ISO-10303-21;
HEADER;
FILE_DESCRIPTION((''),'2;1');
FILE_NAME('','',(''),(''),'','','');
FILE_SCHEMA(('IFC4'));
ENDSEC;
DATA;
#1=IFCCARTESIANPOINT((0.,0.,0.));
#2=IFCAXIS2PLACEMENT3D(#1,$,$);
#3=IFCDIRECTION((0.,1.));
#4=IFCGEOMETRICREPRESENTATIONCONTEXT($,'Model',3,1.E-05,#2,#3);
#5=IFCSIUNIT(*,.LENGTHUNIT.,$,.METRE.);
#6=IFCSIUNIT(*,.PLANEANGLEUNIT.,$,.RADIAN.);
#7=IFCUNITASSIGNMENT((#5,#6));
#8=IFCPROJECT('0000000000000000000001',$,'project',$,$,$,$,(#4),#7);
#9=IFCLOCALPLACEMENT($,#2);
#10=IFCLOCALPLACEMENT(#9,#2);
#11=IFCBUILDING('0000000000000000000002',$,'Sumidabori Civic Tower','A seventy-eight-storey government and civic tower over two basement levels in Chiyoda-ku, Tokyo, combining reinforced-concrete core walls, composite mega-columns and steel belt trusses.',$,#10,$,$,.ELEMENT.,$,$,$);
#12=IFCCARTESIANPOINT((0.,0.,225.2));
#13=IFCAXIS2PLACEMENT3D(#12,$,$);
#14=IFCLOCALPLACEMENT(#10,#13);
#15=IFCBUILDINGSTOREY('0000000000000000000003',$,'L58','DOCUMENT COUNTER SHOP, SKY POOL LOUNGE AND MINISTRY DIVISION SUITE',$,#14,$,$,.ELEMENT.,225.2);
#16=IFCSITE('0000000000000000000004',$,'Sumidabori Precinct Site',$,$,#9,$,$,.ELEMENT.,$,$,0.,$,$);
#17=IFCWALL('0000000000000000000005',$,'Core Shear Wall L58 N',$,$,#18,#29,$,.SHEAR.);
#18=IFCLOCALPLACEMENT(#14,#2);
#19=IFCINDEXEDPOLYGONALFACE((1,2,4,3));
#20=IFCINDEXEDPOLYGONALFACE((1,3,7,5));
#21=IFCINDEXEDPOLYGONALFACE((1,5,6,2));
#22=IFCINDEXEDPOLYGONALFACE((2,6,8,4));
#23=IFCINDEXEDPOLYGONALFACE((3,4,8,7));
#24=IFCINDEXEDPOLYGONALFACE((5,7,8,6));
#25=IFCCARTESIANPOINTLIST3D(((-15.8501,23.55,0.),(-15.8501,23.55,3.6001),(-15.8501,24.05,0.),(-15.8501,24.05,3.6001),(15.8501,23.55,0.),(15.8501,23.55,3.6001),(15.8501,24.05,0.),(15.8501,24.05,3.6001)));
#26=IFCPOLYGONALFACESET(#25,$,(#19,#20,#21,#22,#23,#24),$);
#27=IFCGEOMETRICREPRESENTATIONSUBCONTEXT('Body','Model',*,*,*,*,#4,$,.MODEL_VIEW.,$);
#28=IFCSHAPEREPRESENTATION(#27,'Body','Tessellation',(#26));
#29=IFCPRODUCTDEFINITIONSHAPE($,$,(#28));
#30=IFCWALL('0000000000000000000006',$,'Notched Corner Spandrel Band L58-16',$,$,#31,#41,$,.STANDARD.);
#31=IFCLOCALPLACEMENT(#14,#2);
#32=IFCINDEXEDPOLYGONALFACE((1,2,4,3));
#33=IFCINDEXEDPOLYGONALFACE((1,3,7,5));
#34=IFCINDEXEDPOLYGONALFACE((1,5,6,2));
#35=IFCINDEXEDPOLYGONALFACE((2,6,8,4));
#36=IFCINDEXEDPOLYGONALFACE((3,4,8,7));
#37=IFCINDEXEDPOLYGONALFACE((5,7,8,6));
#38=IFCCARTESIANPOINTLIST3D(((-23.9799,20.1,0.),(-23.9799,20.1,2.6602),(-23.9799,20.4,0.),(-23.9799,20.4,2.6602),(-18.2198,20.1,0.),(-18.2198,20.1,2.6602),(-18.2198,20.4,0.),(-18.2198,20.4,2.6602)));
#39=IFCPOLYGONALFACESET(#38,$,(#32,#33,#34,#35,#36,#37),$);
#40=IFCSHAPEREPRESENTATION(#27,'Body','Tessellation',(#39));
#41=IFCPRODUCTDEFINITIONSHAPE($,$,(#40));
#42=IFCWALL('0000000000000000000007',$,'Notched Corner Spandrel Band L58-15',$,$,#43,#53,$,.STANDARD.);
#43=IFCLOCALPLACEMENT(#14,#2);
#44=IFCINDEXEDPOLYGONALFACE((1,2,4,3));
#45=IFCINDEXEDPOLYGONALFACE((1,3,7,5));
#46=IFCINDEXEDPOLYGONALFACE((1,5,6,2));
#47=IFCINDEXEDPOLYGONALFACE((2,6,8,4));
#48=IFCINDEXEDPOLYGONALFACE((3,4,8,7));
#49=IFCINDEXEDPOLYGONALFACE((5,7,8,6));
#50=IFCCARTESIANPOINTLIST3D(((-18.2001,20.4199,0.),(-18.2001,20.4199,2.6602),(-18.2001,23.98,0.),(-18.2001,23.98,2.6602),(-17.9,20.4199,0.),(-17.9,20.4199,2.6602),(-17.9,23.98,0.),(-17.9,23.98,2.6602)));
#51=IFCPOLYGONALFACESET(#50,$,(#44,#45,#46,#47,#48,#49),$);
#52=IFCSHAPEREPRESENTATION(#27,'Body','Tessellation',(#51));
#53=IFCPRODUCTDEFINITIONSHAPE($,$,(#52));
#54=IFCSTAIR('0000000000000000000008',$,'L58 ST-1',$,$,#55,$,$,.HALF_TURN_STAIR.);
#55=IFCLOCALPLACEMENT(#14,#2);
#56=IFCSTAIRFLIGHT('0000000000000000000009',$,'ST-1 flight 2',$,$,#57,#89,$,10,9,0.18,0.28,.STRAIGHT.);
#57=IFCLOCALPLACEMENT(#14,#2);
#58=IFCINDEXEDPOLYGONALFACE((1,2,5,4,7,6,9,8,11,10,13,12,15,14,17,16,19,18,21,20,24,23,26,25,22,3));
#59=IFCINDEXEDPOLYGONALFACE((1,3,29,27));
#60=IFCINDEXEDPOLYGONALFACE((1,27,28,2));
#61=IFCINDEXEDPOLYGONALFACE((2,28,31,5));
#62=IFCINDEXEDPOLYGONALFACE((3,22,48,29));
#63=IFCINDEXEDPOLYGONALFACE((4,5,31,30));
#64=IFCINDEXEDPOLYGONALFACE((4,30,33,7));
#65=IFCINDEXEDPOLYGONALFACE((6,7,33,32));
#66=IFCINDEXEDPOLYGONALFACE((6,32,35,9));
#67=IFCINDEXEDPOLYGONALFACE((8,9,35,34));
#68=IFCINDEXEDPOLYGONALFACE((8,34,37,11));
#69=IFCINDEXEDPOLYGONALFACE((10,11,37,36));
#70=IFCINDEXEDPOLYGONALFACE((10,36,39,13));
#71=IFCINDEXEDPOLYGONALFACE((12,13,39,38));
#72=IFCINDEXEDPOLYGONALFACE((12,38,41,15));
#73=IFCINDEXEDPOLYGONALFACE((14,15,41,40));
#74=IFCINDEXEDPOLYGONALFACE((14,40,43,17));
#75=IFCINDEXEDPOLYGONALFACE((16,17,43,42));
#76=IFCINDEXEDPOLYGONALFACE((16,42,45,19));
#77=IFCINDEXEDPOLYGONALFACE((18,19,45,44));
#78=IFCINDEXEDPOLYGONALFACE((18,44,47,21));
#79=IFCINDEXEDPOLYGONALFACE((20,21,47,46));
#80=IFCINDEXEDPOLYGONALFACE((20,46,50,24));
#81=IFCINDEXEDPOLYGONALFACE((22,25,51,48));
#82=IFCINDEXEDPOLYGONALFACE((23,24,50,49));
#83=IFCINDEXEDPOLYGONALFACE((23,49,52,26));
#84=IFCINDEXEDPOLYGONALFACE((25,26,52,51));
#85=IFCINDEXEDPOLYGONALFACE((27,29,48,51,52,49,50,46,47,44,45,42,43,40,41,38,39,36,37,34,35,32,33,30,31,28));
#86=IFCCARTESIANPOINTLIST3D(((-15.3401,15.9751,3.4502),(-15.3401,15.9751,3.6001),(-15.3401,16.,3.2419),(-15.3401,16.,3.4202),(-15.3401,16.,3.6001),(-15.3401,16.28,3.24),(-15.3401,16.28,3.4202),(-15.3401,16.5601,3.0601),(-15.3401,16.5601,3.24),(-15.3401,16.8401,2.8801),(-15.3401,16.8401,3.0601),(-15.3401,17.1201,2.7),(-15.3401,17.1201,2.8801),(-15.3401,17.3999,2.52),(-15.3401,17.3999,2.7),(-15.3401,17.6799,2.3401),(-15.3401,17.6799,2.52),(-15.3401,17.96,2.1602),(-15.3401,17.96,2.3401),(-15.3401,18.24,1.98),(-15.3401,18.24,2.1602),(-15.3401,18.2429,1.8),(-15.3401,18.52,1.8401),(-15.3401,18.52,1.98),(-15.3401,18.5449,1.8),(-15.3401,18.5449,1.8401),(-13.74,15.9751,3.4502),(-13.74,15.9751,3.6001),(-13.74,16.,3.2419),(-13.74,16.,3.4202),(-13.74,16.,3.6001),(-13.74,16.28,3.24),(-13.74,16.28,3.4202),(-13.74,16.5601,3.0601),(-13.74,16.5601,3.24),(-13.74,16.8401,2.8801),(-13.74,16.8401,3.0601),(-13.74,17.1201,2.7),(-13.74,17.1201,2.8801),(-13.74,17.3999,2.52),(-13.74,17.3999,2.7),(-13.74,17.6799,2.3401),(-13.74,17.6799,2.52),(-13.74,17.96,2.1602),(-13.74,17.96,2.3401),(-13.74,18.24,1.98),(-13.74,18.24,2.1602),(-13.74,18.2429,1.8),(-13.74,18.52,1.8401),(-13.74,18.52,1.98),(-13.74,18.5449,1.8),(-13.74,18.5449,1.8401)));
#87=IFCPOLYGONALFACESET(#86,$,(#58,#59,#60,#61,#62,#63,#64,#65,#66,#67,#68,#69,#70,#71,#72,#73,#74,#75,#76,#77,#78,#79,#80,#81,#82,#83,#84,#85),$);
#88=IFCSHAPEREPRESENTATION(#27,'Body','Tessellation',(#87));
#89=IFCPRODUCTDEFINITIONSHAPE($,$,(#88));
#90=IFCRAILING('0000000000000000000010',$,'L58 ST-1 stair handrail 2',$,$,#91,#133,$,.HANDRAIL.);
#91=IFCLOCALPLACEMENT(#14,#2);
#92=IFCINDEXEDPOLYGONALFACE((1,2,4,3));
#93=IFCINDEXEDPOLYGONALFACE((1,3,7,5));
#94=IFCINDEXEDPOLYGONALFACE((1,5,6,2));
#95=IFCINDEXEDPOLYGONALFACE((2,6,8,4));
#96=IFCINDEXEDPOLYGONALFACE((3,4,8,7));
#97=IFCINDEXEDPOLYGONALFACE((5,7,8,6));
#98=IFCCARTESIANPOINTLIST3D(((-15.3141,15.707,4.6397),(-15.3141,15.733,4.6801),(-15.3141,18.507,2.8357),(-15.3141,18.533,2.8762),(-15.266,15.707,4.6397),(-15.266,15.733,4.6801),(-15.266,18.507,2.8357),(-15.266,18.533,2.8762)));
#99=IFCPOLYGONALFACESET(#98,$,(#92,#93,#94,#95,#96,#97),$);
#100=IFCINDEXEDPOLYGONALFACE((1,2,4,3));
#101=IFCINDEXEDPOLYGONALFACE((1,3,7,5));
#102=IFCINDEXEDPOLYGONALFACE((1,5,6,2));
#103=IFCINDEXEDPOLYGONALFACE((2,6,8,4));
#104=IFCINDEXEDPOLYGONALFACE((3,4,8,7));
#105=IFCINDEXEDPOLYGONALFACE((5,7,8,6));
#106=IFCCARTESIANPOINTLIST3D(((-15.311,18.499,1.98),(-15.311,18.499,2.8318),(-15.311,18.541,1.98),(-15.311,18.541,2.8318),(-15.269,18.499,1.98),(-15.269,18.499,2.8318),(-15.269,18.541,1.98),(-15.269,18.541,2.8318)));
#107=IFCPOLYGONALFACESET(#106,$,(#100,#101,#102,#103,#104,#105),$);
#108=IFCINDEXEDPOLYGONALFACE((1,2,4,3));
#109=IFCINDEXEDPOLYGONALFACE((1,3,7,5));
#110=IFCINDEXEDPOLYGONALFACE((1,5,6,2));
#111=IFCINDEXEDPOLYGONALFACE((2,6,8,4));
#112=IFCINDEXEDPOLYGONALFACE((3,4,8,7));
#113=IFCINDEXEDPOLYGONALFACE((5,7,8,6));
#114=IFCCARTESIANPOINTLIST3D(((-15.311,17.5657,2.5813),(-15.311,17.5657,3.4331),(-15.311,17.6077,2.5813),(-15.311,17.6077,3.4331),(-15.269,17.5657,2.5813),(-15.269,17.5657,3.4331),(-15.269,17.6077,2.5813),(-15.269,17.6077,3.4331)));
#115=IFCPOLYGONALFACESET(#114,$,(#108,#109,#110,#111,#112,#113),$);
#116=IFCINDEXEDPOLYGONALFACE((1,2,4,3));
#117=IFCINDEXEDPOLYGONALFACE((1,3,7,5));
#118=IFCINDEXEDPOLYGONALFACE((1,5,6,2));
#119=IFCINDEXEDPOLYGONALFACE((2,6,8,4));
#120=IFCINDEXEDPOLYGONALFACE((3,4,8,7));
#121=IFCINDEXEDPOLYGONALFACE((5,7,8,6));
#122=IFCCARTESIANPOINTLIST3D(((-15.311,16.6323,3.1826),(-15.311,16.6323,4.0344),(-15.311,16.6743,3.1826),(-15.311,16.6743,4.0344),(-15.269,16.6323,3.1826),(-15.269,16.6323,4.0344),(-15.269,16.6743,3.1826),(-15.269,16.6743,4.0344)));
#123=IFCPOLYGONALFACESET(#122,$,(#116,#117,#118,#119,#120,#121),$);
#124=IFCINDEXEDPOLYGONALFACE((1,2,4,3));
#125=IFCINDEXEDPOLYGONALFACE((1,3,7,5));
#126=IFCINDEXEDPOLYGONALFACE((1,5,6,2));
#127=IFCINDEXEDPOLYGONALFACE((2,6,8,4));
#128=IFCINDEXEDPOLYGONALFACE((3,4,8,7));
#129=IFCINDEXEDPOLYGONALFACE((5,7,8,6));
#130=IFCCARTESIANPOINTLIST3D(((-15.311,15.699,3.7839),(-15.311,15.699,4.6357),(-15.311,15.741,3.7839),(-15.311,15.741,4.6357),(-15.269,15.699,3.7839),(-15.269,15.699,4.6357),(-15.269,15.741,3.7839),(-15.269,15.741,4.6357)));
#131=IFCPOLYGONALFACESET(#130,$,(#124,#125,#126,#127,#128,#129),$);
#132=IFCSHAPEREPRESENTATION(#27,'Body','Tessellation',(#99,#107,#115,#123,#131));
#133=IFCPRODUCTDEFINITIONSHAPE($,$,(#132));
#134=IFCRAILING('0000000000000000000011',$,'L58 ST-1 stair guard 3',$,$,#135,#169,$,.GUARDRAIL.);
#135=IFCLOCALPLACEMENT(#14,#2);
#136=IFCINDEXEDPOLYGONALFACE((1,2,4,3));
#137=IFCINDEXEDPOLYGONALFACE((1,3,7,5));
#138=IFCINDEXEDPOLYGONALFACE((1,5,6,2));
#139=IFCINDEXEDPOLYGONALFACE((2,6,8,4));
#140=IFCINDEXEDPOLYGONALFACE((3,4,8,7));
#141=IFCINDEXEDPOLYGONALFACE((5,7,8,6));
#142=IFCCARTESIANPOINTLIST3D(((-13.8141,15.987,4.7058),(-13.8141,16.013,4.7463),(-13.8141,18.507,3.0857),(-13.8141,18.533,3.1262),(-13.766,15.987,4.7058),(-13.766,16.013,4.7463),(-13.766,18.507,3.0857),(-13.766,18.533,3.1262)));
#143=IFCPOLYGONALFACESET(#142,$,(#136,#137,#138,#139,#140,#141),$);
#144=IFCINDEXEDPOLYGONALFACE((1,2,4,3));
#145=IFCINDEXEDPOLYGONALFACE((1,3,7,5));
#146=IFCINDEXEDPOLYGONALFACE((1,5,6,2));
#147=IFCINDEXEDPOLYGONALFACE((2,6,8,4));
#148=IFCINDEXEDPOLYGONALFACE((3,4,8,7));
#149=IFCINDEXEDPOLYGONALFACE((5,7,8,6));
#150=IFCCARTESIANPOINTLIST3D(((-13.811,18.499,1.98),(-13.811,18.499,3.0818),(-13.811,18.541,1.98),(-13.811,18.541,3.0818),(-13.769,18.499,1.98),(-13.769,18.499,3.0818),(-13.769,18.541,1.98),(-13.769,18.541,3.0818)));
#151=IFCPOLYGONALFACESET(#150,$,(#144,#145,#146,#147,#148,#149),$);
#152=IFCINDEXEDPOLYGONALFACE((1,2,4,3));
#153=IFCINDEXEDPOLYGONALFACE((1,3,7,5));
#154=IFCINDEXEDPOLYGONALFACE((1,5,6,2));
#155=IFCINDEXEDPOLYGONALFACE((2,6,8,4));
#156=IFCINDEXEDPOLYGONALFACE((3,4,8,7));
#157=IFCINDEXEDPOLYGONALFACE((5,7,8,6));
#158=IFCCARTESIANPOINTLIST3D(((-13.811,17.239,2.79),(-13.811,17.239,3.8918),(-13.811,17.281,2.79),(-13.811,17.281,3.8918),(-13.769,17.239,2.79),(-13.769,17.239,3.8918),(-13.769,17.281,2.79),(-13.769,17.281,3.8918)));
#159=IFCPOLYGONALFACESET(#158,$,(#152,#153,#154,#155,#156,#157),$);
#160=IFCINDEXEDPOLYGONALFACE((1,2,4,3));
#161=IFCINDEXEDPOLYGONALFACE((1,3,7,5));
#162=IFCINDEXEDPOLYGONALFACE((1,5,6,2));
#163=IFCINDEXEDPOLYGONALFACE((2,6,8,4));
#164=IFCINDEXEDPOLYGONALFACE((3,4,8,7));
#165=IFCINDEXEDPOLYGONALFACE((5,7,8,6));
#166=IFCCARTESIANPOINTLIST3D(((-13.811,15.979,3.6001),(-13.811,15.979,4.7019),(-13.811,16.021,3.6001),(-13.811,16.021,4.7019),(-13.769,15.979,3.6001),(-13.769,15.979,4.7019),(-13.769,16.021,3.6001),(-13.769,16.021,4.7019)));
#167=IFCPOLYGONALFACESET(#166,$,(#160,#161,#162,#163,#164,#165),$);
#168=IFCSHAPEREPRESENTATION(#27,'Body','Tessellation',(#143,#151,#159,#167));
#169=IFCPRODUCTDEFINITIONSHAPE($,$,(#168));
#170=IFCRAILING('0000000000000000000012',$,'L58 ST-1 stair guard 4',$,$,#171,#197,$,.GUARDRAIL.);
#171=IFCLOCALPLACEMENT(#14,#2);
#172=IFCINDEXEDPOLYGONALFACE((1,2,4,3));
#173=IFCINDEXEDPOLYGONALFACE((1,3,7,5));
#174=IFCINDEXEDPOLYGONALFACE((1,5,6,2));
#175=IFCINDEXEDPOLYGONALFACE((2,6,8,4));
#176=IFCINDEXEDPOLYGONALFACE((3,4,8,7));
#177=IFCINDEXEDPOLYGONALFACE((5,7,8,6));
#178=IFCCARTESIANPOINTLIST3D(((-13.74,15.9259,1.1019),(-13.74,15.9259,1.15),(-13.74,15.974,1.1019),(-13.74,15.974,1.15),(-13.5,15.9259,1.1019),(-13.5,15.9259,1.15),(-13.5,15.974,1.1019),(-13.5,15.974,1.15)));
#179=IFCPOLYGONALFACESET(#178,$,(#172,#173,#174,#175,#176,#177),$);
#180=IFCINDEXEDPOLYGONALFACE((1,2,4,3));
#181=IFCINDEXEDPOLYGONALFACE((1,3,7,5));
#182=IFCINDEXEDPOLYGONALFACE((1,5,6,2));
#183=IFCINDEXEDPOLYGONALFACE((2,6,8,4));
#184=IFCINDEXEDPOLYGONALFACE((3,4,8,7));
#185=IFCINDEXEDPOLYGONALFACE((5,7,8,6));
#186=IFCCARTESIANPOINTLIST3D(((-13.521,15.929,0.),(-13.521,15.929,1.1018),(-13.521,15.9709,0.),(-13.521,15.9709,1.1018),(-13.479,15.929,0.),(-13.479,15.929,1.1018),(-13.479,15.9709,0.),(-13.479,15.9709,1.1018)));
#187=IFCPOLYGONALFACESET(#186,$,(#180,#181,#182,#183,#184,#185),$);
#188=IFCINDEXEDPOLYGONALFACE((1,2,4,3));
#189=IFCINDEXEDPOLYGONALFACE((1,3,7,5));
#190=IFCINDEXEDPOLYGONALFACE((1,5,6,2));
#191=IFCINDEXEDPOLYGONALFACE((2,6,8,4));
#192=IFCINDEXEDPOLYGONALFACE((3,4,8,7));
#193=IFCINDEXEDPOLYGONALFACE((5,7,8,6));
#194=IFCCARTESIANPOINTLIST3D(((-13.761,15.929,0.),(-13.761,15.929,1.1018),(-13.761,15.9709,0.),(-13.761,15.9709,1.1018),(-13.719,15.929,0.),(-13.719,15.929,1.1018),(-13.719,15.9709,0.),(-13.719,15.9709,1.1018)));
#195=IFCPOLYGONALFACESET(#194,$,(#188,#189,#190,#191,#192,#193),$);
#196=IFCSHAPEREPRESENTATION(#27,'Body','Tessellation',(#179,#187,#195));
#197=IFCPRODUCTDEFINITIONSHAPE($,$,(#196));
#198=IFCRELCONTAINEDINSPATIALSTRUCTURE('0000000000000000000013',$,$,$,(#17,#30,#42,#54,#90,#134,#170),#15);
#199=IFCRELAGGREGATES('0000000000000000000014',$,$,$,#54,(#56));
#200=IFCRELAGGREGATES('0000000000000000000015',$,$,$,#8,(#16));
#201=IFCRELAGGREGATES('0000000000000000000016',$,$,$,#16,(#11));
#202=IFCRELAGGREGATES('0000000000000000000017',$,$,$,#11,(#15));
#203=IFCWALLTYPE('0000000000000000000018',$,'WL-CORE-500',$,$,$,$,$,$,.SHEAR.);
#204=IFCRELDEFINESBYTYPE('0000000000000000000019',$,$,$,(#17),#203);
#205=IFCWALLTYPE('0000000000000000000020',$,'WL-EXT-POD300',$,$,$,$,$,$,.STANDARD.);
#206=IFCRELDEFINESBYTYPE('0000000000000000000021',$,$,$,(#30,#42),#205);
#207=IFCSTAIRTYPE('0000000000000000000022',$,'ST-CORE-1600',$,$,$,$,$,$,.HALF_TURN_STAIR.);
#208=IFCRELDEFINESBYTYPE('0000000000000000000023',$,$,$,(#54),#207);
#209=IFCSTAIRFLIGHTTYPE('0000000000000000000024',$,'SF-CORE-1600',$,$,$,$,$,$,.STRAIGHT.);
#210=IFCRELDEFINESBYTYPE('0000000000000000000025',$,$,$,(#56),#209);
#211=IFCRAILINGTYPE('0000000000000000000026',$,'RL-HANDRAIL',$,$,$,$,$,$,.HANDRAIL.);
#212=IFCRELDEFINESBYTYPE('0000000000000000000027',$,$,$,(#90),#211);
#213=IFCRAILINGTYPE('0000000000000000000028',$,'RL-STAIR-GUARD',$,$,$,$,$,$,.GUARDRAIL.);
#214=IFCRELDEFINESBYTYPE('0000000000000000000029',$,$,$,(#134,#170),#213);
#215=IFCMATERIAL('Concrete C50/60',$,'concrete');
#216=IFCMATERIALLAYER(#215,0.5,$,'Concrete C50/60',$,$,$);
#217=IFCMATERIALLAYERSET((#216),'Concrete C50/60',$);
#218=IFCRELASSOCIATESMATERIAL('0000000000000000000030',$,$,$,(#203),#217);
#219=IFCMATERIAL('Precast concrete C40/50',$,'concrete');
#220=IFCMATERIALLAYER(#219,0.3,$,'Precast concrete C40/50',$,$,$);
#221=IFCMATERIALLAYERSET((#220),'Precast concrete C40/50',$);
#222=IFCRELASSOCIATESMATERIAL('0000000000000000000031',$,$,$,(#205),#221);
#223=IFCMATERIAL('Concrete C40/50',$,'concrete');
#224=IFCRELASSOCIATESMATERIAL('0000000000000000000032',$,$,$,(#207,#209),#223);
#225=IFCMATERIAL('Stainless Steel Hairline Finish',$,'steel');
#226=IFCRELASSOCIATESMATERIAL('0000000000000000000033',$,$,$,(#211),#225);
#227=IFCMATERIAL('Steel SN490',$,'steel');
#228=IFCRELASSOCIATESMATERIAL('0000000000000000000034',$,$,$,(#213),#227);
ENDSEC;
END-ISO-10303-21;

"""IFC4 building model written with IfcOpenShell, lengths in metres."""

from ifc_helpers import new_model, si_unit, direction, frame, frame_2d, origin, origin_2d, place, context, subcontext, project, spatial, polyline, rectangle, outline, extrude, source, transform, mapped, material, layer, layer_set, type_object, element, aggregate, save


model = new_model("IFC4")

# Units and contexts
model_context = context("Model", 3, precision=1e-05, world=origin(), true_north=direction((0.0, 1.0)))
body_context = subcontext(model_context, "Body", "Model", "MODEL_VIEW")
ifc_project = project(units=[si_unit("LENGTHUNIT", "METRE"), si_unit("PLANEANGLEUNIT", "RADIAN")], contexts=[model_context])

# Site, building, storey
site_placement = place(None, origin())
site = spatial("IfcSite", under=ifc_project, at=site_placement, Name="Sumidabori Precinct Site", CompositionType="ELEMENT", RefElevation=0.0)
building_placement = place(site_placement, origin())
building = spatial("IfcBuilding", under=site, at=building_placement, Name="Sumidabori Civic Tower", Description="A seventy-eight-storey government and civic tower over two basement levels in Chiyoda-ku, Tokyo, combining reinforced-concrete core walls, composite mega-columns and steel belt trusses.", CompositionType="ELEMENT")
storey_placement = place(building_placement, frame((0.0, 0.0, 225.2)))
storey = spatial("IfcBuildingStorey", under=building, at=storey_placement, Name="L58", Description="DOCUMENT COUNTER SHOP, SKY POOL LOUNGE AND MINISTRY DIVISION SUITE", CompositionType="ELEMENT", Elevation=225.2)

# Shared definitions
ifc_material_1 = material(Name="Steel SN490", Category="steel")

# Walls
ifc_material_2 = material(Name="Concrete C50/60", Category="concrete")
ifc_layer_1 = layer(ifc_material_2, 0.5, Name="Concrete C50/60")
ifc_layer_set_1 = layer_set([ifc_layer_1], Name="Concrete C50/60")
wall_type_1 = type_object("IfcWallType", Name="WL-CORE-500", PredefinedType="SHEAR", material=ifc_layer_set_1)
shared_shape_1 = source(origin(), body_context, "Body", "SweptSolid", [
    extrude(rectangle(XDim=31.7002, YDim=0.5, at=frame_2d((15.8501, 0.0))), origin(), (0.0, 0.0, 1.0), 3.6001),
])
wall_1_placement = place(storey_placement, frame((-15.8501, 23.8, 0.0), z_axis=(0.0, 0.0, 1.0), x_axis=(1.0, 0.0, 0.0)))
element("IfcWall", 1, at=wall_1_placement, inside=storey, type_object=wall_type_1, Name="Core Shear Wall L58 N", PredefinedType="SHEAR", context=body_context, shape_type="MappedRepresentation", body=[
    mapped(shared_shape_1, transform((0.0, 0.0, 0.0), x_axis=(1.0, 0.0, 0.0), y_axis=(0.0, 1.0, 0.0), z_axis=(0.0, 0.0, 1.0), scale=1.0)),
])
ifc_material_3 = material(Name="Precast concrete C40/50", Category="concrete")
ifc_layer_2 = layer(ifc_material_3, 0.3, Name="Precast concrete C40/50")
ifc_layer_set_2 = layer_set([ifc_layer_2], Name="Precast concrete C40/50")
wall_type_2 = type_object("IfcWallType", Name="WL-EXT-POD300", PredefinedType="STANDARD", material=ifc_layer_set_2)
shared_shape_2 = source(origin(), body_context, "Body", "SweptSolid", [
    extrude(rectangle(XDim=5.76, YDim=0.3, at=frame_2d((2.8799, 0.0))), origin(), (0.0, 0.0, 1.0), 2.6602),
])
wall_2_placement = place(storey_placement, frame((-18.22, 20.25, 0.0), z_axis=(0.0, 0.0, 1.0), x_axis=(-1.0, 0.0, 0.0)))
element("IfcWall", 2, at=wall_2_placement, inside=storey, type_object=wall_type_2, Name="Notched Corner Spandrel Band L58-16", PredefinedType="STANDARD", context=body_context, shape_type="MappedRepresentation", body=[
    mapped(shared_shape_2, transform((0.0, 0.0, 0.0), x_axis=(1.0, 0.0, 0.0), y_axis=(0.0, 1.0, 0.0), z_axis=(0.0, 0.0, 1.0), scale=1.0)),
])
shared_shape_3 = source(origin(), body_context, "Body", "SweptSolid", [
    extrude(rectangle(XDim=3.5601, YDim=0.3, at=frame_2d((1.78, 0.0))), origin(), (0.0, 0.0, 1.0), 2.6602),
])
wall_3_placement = place(storey_placement, frame((-18.05, 23.98, 0.0), z_axis=(0.0, 0.0, 1.0), x_axis=(0.0, -1.0, 0.0)))
element("IfcWall", 3, at=wall_3_placement, inside=storey, type_object=wall_type_2, Name="Notched Corner Spandrel Band L58-15", PredefinedType="STANDARD", context=body_context, shape_type="MappedRepresentation", body=[
    mapped(shared_shape_3, transform((0.0, 0.0, 0.0), x_axis=(1.0, 0.0, 0.0), y_axis=(0.0, 1.0, 0.0), z_axis=(0.0, 0.0, 1.0), scale=1.0)),
])

# Stair, stair flight
ifc_material_4 = material(Name="Concrete C40/50", Category="concrete")
stair_type = type_object("IfcStairType", Name="ST-CORE-1600", PredefinedType="HALF_TURN_STAIR", material=ifc_material_4)
stair_placement = place(storey_placement, origin())
stair = element("IfcStair", 4, at=stair_placement, inside=storey, type_object=stair_type, Name="L58 ST-1", PredefinedType="HALF_TURN_STAIR")
stair_flight_type = type_object("IfcStairFlightType", Name="SF-CORE-1600", PredefinedType="STRAIGHT", material=ifc_material_4)
shared_shape_4 = source(origin(), body_context, "Body", "SweptSolid", [
    extrude(outline(polyline([(-0.0249, 0.0), (-0.0249, 0.04), (0.0, 0.04), (0.0, 0.1799), (0.28, 0.1799), (0.28, 0.3601), (0.5601, 0.3601), (0.5601, 0.54), (0.8401, 0.54), (0.8401, 0.72), (1.1201, 0.72), (1.1201, 0.8999), (1.3999, 0.8999), (1.3999, 1.0801), (1.6799, 1.0801), (1.6799, 1.26), (1.96, 1.26), (1.96, 1.4399), (2.24, 1.4399), (2.24, 1.6201), (2.52, 1.6201), (2.52, 1.8), (2.5449, 1.8), (2.5449, 1.6501), (2.52, 1.4419), (0.2771, 0.0), (-0.0249, 0.0)])), frame((0.0, 0.8, 0.0), z_axis=(0.0, -1.0, 0.0), x_axis=(1.0, 0.0, 0.0)), (0.0, 0.0, 1.0), 1.6001),
])
stair_flight_placement = place(storey_placement, frame((-14.54, 18.52, 1.8), z_axis=(0.0, 0.0, 1.0), x_axis=(0.0, -1.0, 0.0)))
stair_flight = element("IfcStairFlight", 5, at=stair_flight_placement, type_object=stair_flight_type, Name="ST-1 flight 2", NumberOfRisers=10, NumberOfTreads=9, PredefinedType="STRAIGHT", RiserHeight=0.18, TreadLength=0.28, context=body_context, shape_type="MappedRepresentation", body=[
    mapped(shared_shape_4, transform((0.0, 0.0, 0.0), x_axis=(1.0, 0.0, 0.0), y_axis=(0.0, 1.0, 0.0), z_axis=(0.0, 0.0, 1.0), scale=1.0)),
])
aggregate(stair, [stair_flight])

# Railings
ifc_material_5 = material(Name="Stainless Steel Hairline Finish", Category="steel")
railing_type_1 = type_object("IfcRailingType", Name="RL-HANDRAIL", PredefinedType="HANDRAIL", material=ifc_material_5)
railing_1_placement = place(storey_placement, frame((-15.29, 18.52, 1.98)))
element("IfcRailing", 6, at=railing_1_placement, inside=storey, type_object=railing_type_1, Name="L58 ST-1 stair handrail 2", PredefinedType="HANDRAIL", context=body_context, shape_type="SweptSolid", body=[
    extrude(rectangle(XDim=0.0481, YDim=0.0481, at=origin_2d()), frame((0.0, 0.0, 0.876), z_axis=(0.0, -0.840642, 0.541591), x_axis=(1.0, 0.0, 0.0)), (0.0, 0.0, 1.0), 3.3308),
    extrude(rectangle(XDim=0.042, YDim=0.042, at=origin_2d()), origin(), (0.0, 0.0, 1.0), 0.8518),
    extrude(rectangle(XDim=0.042, YDim=0.042, at=origin_2d()), frame((0.0, -0.9333, 0.6013)), (0.0, 0.0, 1.0), 0.8518),
    extrude(rectangle(XDim=0.042, YDim=0.042, at=origin_2d()), frame((0.0, -1.8667, 1.2026)), (0.0, 0.0, 1.0), 0.8518),
    extrude(rectangle(XDim=0.042, YDim=0.042, at=origin_2d()), frame((0.0, -2.8, 1.804)), (0.0, 0.0, 1.0), 0.8518),
])
railing_type_2 = type_object("IfcRailingType", Name="RL-STAIR-GUARD", PredefinedType="GUARDRAIL", material=ifc_material_1)
railing_2_placement = place(storey_placement, frame((-13.79, 18.52, 1.98)))
element("IfcRailing", 7, at=railing_2_placement, inside=storey, type_object=railing_type_2, Name="L58 ST-1 stair guard 3", PredefinedType="GUARDRAIL", context=body_context, shape_type="SweptSolid", body=[
    extrude(rectangle(XDim=0.0481, YDim=0.0481, at=origin_2d()), frame((0.0, 0.0, 1.126), z_axis=(0.0, -0.841163, 0.540782), x_axis=(1.0, 0.0, 0.0)), (0.0, 0.0, 1.0), 2.9958),
    extrude(rectangle(XDim=0.042, YDim=0.042, at=origin_2d()), origin(), (0.0, 0.0, 1.0), 1.1018),
    extrude(rectangle(XDim=0.042, YDim=0.042, at=origin_2d()), frame((0.0, -1.26, 0.8101)), (0.0, 0.0, 1.0), 1.1018),
    extrude(rectangle(XDim=0.042, YDim=0.042, at=origin_2d()), frame((0.0, -2.52, 1.6201)), (0.0, 0.0, 1.0), 1.1018),
])
railing_3_placement = place(storey_placement, frame((-13.5, 15.95, 0.0)))
element("IfcRailing", 8, at=railing_3_placement, inside=storey, type_object=railing_type_2, Name="L58 ST-1 stair guard 4", PredefinedType="GUARDRAIL", context=body_context, shape_type="SweptSolid", body=[
    extrude(rectangle(XDim=0.0481, YDim=0.0481, at=origin_2d()), frame((0.0, 0.0, 1.126), z_axis=(-1.0, 0.0, 0.0), x_axis=(0.0, -1.0, 0.0)), (0.0, 0.0, 1.0), 0.24),
    extrude(rectangle(XDim=0.042, YDim=0.042, at=origin_2d()), origin(), (0.0, 0.0, 1.0), 1.1018),
    extrude(rectangle(XDim=0.042, YDim=0.042, at=origin_2d()), frame((-0.24, 0.0, 0.0)), (0.0, 0.0, 1.0), 1.1018),
])

save(model, "model.ifc")
